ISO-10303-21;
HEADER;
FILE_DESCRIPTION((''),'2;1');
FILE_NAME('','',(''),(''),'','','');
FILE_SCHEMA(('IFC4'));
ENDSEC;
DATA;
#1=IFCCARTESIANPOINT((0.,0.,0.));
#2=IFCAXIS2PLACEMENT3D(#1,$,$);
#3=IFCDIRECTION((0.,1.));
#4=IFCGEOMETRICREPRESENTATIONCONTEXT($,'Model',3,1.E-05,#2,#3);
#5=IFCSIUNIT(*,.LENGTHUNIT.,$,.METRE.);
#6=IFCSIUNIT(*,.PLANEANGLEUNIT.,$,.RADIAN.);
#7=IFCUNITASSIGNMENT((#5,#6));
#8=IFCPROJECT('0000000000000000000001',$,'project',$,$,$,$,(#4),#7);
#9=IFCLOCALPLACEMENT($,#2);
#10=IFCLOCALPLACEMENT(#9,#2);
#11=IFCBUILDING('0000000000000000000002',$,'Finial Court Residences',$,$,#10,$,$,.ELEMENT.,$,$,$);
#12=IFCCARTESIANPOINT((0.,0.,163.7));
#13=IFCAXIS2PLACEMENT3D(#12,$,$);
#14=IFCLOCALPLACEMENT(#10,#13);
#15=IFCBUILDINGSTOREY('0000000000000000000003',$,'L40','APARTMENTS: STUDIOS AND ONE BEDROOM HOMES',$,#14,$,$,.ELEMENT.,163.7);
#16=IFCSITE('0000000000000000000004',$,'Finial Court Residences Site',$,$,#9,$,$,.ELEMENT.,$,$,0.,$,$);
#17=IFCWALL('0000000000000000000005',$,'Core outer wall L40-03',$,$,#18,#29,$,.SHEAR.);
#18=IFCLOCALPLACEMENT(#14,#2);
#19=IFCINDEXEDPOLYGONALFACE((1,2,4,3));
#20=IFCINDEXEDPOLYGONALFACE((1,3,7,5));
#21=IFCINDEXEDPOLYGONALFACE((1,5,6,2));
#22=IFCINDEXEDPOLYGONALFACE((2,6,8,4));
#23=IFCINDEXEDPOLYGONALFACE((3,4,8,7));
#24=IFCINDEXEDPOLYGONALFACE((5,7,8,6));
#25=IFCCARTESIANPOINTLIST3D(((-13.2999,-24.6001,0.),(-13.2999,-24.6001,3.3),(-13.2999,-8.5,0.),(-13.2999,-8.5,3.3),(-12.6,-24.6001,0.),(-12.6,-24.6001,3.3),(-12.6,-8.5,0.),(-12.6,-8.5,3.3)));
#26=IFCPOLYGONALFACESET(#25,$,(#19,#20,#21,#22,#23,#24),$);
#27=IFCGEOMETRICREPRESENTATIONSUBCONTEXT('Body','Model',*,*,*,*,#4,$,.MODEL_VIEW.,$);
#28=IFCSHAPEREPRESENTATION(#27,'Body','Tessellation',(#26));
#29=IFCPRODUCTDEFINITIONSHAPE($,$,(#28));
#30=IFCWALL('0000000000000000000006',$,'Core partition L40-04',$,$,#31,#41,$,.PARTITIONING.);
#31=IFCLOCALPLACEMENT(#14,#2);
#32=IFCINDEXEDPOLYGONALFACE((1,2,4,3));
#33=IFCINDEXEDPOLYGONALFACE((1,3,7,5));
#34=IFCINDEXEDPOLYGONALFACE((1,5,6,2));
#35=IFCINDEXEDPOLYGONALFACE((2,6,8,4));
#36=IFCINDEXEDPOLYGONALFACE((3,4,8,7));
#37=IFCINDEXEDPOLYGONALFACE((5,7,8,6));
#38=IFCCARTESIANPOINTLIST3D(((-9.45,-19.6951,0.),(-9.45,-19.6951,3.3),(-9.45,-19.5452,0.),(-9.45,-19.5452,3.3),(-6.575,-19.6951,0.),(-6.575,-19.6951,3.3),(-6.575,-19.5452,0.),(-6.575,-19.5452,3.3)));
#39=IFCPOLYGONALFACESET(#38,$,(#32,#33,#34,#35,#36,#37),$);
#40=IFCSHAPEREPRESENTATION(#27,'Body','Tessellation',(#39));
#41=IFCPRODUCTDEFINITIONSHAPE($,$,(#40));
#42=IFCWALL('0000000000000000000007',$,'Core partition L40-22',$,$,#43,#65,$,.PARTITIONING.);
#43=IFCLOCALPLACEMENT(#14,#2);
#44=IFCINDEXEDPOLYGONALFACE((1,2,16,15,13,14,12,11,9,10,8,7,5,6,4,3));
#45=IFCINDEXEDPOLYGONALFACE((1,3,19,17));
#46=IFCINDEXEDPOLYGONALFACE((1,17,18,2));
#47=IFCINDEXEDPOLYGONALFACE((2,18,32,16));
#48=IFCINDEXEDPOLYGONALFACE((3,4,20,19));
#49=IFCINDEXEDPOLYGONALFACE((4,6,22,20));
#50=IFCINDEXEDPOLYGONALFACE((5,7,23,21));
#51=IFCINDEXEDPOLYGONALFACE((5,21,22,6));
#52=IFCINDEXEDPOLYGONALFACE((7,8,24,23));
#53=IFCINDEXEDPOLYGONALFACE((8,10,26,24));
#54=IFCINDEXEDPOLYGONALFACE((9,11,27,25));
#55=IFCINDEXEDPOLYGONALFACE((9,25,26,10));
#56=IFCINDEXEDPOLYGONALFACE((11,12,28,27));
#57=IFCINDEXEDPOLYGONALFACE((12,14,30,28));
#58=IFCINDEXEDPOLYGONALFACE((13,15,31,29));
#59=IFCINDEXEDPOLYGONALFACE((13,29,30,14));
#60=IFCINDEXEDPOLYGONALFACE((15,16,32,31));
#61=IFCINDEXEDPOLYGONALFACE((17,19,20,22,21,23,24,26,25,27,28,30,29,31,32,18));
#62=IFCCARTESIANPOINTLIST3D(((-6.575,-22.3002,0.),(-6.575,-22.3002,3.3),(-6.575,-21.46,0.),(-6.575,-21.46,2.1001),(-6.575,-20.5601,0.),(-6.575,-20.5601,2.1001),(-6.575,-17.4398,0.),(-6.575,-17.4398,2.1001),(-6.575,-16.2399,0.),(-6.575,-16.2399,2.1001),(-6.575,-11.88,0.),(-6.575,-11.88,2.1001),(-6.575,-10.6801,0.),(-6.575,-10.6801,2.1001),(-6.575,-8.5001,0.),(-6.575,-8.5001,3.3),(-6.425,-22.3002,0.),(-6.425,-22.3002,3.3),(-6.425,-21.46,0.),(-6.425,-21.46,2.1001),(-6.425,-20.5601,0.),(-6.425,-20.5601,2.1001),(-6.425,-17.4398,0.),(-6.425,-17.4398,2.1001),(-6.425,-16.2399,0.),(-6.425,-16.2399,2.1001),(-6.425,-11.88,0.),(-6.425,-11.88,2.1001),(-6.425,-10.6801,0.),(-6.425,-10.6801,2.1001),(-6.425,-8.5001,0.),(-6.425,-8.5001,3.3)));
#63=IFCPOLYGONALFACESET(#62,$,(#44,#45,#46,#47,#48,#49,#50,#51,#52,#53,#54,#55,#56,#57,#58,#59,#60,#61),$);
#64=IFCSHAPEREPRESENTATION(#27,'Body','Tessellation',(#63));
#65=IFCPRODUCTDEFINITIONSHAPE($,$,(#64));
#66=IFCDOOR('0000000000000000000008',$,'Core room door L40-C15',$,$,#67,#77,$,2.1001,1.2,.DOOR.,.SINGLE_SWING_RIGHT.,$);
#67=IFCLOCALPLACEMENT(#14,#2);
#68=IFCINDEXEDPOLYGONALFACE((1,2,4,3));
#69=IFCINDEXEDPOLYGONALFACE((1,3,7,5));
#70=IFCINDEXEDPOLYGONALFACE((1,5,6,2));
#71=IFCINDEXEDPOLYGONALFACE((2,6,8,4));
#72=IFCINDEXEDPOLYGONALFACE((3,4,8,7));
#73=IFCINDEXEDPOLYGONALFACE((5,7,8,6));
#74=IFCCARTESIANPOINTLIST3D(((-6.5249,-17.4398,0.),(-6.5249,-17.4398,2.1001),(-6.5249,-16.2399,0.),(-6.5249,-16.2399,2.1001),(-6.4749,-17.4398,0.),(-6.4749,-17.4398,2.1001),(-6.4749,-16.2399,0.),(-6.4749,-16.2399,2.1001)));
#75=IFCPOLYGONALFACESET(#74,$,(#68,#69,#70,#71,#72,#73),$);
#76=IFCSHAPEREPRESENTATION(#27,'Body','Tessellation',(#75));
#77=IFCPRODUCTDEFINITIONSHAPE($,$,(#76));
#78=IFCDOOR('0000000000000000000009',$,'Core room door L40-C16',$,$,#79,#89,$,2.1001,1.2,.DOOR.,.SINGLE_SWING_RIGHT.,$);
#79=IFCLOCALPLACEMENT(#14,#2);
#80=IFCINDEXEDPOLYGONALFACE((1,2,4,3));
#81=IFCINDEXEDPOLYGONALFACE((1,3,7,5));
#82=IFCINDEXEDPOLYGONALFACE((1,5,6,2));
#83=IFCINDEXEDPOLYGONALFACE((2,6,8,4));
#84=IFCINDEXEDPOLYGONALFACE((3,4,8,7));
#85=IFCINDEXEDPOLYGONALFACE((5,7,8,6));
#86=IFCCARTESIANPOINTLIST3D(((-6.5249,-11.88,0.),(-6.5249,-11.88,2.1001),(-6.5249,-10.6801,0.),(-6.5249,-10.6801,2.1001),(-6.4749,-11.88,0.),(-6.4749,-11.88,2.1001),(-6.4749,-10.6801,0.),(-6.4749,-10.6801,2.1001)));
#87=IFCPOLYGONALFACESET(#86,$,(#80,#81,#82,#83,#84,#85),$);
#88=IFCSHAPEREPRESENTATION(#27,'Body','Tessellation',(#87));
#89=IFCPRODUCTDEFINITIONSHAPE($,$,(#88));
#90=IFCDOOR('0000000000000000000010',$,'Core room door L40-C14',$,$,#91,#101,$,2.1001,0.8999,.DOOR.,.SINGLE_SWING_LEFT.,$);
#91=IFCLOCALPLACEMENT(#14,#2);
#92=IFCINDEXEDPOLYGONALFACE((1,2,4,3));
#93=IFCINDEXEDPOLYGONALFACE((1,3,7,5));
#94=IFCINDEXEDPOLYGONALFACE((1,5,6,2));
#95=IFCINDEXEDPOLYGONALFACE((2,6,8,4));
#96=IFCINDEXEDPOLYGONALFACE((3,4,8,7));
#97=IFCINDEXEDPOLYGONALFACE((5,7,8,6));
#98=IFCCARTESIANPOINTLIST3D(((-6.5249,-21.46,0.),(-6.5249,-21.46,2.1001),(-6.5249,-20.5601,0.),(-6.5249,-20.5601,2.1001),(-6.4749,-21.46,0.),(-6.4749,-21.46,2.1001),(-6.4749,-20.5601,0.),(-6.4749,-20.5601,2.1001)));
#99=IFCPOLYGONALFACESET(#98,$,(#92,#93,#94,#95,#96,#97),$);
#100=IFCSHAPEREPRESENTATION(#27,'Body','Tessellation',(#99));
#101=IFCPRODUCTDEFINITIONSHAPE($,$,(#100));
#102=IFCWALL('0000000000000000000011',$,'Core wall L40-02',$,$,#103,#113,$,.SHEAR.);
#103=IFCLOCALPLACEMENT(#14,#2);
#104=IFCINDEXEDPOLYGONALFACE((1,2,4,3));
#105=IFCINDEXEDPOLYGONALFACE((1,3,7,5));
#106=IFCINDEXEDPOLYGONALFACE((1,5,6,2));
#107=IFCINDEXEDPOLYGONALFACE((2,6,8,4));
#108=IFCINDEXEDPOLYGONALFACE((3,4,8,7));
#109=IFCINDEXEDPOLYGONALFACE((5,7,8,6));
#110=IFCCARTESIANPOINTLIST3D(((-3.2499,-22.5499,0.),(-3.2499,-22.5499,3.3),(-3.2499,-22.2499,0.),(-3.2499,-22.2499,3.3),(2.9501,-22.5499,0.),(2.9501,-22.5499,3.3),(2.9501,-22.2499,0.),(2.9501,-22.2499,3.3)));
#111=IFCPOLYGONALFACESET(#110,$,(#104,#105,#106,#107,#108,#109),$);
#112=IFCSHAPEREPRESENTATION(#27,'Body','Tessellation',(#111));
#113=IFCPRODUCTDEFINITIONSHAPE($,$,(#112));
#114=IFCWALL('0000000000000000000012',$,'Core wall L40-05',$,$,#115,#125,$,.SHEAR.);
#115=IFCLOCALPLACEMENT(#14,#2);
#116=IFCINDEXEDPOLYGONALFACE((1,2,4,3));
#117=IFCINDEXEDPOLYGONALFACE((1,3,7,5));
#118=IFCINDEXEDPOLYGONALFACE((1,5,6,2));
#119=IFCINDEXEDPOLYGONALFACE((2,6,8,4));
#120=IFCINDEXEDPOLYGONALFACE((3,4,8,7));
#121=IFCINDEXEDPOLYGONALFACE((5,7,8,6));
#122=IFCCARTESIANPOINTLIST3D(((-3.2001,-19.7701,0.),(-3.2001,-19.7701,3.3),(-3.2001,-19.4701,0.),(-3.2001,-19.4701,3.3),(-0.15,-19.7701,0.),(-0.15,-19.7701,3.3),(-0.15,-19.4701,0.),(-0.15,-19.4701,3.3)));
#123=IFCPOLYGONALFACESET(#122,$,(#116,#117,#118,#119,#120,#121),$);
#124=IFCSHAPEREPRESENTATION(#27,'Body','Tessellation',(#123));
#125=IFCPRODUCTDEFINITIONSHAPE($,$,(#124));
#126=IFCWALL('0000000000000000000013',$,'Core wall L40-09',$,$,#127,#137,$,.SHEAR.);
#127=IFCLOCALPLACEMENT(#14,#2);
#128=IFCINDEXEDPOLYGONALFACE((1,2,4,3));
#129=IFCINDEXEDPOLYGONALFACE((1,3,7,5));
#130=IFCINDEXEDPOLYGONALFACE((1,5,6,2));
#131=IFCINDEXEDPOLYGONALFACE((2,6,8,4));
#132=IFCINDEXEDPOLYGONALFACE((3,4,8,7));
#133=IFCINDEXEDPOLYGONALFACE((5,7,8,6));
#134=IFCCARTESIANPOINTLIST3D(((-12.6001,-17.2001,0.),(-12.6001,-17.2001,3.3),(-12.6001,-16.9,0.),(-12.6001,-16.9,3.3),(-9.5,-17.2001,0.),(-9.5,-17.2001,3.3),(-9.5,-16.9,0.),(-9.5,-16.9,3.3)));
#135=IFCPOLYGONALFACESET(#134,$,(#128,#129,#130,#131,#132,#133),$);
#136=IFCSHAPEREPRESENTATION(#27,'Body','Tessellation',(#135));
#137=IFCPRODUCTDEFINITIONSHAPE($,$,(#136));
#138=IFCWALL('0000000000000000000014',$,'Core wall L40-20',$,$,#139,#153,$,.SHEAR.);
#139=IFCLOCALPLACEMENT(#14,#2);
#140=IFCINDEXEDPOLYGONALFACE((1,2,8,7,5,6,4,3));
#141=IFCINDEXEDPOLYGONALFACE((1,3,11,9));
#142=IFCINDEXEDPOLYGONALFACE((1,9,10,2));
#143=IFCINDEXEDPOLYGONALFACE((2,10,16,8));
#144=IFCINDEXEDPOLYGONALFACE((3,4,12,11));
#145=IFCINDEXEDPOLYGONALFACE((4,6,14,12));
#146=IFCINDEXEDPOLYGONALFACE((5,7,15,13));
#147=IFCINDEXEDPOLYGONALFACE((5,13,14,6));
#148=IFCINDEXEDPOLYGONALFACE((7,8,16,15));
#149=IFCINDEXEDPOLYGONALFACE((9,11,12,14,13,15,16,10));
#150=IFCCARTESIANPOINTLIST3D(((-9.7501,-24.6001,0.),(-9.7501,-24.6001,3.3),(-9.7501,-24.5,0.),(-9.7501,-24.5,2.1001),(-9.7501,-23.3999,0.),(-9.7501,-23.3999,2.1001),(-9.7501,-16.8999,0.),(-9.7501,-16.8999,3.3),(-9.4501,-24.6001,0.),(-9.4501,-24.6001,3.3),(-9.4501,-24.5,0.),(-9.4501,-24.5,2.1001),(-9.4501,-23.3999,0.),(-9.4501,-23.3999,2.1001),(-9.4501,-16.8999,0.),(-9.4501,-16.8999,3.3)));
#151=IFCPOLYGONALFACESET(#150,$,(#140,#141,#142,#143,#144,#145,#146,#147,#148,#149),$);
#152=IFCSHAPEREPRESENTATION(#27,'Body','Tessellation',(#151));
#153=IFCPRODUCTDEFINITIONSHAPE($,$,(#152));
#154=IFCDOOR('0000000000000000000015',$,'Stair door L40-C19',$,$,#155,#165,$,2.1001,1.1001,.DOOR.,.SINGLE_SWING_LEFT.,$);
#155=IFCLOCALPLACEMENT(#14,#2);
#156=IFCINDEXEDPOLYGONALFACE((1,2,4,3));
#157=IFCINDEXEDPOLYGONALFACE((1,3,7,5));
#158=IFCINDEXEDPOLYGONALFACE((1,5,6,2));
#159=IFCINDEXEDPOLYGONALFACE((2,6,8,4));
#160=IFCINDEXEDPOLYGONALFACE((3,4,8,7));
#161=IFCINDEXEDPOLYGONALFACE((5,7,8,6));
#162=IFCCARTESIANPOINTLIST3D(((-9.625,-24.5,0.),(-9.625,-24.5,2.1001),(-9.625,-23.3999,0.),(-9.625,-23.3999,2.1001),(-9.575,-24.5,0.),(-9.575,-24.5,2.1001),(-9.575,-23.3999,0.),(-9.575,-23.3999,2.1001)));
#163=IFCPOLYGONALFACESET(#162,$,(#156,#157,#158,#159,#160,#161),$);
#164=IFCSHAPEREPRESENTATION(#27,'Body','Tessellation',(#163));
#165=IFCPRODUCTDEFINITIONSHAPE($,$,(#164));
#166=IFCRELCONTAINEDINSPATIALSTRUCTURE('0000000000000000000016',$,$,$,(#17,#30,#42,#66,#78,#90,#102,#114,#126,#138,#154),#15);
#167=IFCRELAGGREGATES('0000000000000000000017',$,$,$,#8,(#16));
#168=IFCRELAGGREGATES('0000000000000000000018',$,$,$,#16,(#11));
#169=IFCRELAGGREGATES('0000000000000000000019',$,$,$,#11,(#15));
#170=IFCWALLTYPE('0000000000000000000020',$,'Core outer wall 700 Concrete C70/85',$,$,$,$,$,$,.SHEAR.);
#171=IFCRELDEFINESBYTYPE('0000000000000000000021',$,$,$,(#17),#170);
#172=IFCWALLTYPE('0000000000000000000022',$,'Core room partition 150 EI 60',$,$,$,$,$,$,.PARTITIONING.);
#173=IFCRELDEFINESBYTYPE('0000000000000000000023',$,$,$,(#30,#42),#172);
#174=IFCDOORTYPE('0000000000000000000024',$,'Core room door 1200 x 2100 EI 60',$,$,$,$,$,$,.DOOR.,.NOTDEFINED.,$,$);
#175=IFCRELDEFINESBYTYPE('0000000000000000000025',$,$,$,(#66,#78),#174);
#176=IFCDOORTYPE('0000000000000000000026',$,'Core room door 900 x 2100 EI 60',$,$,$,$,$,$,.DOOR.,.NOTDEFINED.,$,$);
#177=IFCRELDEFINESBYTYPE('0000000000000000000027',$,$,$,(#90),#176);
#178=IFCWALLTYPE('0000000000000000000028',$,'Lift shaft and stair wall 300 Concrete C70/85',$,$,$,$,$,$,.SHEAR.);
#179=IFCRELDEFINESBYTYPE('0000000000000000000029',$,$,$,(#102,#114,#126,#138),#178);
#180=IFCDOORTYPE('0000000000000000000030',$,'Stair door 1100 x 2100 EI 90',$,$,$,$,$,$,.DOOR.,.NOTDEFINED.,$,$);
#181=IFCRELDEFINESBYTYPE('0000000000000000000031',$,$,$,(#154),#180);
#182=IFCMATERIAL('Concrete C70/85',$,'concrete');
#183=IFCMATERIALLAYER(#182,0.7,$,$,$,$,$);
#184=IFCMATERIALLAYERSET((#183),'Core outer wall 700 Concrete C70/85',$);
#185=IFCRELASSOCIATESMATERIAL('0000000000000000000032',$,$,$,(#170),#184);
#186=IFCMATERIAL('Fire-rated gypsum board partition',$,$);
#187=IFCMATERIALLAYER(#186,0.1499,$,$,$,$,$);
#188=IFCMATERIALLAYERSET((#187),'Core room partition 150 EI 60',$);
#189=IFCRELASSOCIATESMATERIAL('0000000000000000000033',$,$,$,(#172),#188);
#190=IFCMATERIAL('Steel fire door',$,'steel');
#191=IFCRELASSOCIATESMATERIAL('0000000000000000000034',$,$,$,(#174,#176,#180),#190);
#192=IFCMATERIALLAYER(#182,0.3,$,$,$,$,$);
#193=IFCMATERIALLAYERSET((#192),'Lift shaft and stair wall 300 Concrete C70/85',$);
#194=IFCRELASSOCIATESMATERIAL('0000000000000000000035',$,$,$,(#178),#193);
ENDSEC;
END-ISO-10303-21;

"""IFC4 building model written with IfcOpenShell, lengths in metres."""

from ifc_helpers import new_model, si_unit, direction, frame, frame_2d, origin, place, context, subcontext, project, spatial, rectangle, extrude, material, layer, layer_set, type_object, element, fill, save


model = new_model("IFC4")

# Units and contexts
model_context = context("Model", 3, precision=1e-05, world=origin(), true_north=direction((0.0, 1.0)))
body_context = subcontext(model_context, "Body", "Model", "MODEL_VIEW")
ifc_project = project(units=[si_unit("LENGTHUNIT", "METRE"), si_unit("PLANEANGLEUNIT", "RADIAN")], contexts=[model_context])

# Site, building, storey
site_placement = place(None, origin())
site = spatial("IfcSite", under=ifc_project, at=site_placement, Name="Finial Court Residences Site", CompositionType="ELEMENT", RefElevation=0.0)
building_placement = place(site_placement, origin())
building = spatial("IfcBuilding", under=site, at=building_placement, Name="Finial Court Residences", CompositionType="ELEMENT")
storey_placement = place(building_placement, frame((0.0, 0.0, 163.7)))
storey = spatial("IfcBuildingStorey", under=building, at=storey_placement, Name="L40", Description="APARTMENTS: STUDIOS AND ONE BEDROOM HOMES", CompositionType="ELEMENT", Elevation=163.7)

# Walls
ifc_material_1 = material(Name="Concrete C70/85", Category="concrete")
ifc_layer_1 = layer(ifc_material_1, 0.7)
ifc_layer_set_1 = layer_set([ifc_layer_1], Name="Core outer wall 700 Concrete C70/85")
wall_type_1 = type_object("IfcWallType", Name="Core outer wall 700 Concrete C70/85", PredefinedType="SHEAR", material=ifc_layer_set_1)
wall_1_placement = place(storey_placement, frame((-12.95, -24.6001, 0.0), z_axis=(0.0, 0.0, 1.0), x_axis=(0.0, 1.0, 0.0)))
element("IfcWall", 1, at=wall_1_placement, inside=storey, type_object=wall_type_1, Name="Core outer wall L40-03", PredefinedType="SHEAR", context=body_context, shape_type="SweptSolid", body=[
    extrude(rectangle(XDim=16.1001, YDim=0.7, at=frame_2d((8.05, 0.0))), origin(), (0.0, 0.0, 1.0), 3.3),
])
ifc_material_2 = material(Name="Fire-rated gypsum board partition")
ifc_layer_2 = layer(ifc_material_2, 0.1499)
ifc_layer_set_2 = layer_set([ifc_layer_2], Name="Core room partition 150 EI 60")
wall_type_2 = type_object("IfcWallType", Name="Core room partition 150 EI 60", PredefinedType="PARTITIONING", material=ifc_layer_set_2)
wall_2_placement = place(storey_placement, frame((-9.45, -19.6201, 0.0), z_axis=(0.0, 0.0, 1.0), x_axis=(1.0, 0.0, 0.0)))
element("IfcWall", 2, at=wall_2_placement, inside=storey, type_object=wall_type_2, Name="Core partition L40-04", PredefinedType="PARTITIONING", context=body_context, shape_type="SweptSolid", body=[
    extrude(rectangle(XDim=2.875, YDim=0.1499, at=frame_2d((1.4375, 0.0))), origin(), (0.0, 0.0, 1.0), 3.3),
])

# Wall, openings, doors
wall_3_placement = place(storey_placement, frame((-6.5, -22.3, 0.0), z_axis=(0.0, 0.0, 1.0), x_axis=(0.0, 1.0, 0.0)))
wall_3 = element("IfcWall", 3, at=wall_3_placement, inside=storey, type_object=wall_type_2, Name="Core partition L40-22", PredefinedType="PARTITIONING", context=body_context, shape_type="SweptSolid", body=[
    extrude(rectangle(XDim=13.8, YDim=0.1499, at=frame_2d((6.8999, 0.0))), origin(), (0.0, 0.0, 1.0), 3.3),
])
opening_1_placement = place(wall_3_placement, frame((0.8401, 0.0, 0.0)))
opening_1 = element("IfcOpeningElement", 4, at=opening_1_placement, cuts=wall_3, PredefinedType="OPENING", context=body_context, shape_type="SweptSolid", body=[
    extrude(rectangle(XDim=0.8999, YDim=2.1001, at=frame_2d((0.45, 1.05))), frame((0.0, 0.085, 0.0), z_axis=(0.0, -1.0, 0.0), x_axis=(1.0, 0.0, 0.0)), (0.0, 0.0, 1.0), 0.1699),
])
opening_2_placement = place(wall_3_placement, frame((4.8601, 0.0, 0.0)))
opening_2 = element("IfcOpeningElement", 5, at=opening_2_placement, cuts=wall_3, PredefinedType="OPENING", context=body_context, shape_type="SweptSolid", body=[
    extrude(rectangle(XDim=1.2, YDim=2.1001, at=frame_2d((0.6001, 1.05))), frame((0.0, 0.085, 0.0), z_axis=(0.0, -1.0, 0.0), x_axis=(1.0, 0.0, 0.0)), (0.0, 0.0, 1.0), 0.1699),
])
opening_3_placement = place(wall_3_placement, frame((10.4199, 0.0, 0.0)))
opening_3 = element("IfcOpeningElement", 6, at=opening_3_placement, cuts=wall_3, PredefinedType="OPENING", context=body_context, shape_type="SweptSolid", body=[
    extrude(rectangle(XDim=1.2, YDim=2.1001, at=frame_2d((0.6001, 1.05))), frame((0.0, 0.085, 0.0), z_axis=(0.0, -1.0, 0.0), x_axis=(1.0, 0.0, 0.0)), (0.0, 0.0, 1.0), 0.1699),
])
ifc_material_3 = material(Name="Steel fire door", Category="steel")
door_type_1 = type_object("IfcDoorType", Name="Core room door 1200 x 2100 EI 60", OperationType="NOTDEFINED", PredefinedType="DOOR", material=ifc_material_3)
door_1_placement = place(opening_2_placement, origin())
door_1 = element("IfcDoor", 7, at=door_1_placement, inside=storey, type_object=door_type_1, Name="Core room door L40-C15", OperationType="SINGLE_SWING_RIGHT", OverallHeight=2.1001, OverallWidth=1.2, PredefinedType="DOOR", context=body_context, shape_type="SweptSolid", body=[
    extrude(rectangle(XDim=1.2, YDim=2.1001, at=frame_2d((0.6001, 1.05))), frame((0.0, 0.0249, 0.0), z_axis=(0.0, -1.0, 0.0), x_axis=(1.0, 0.0, 0.0)), (0.0, 0.0, 1.0), 0.05),
])
fill(opening_2, door_1)
door_2_placement = place(opening_3_placement, origin())
door_2 = element("IfcDoor", 8, at=door_2_placement, inside=storey, type_object=door_type_1, Name="Core room door L40-C16", OperationType="SINGLE_SWING_RIGHT", OverallHeight=2.1001, OverallWidth=1.2, PredefinedType="DOOR", context=body_context, shape_type="SweptSolid", body=[
    extrude(rectangle(XDim=1.2, YDim=2.1001, at=frame_2d((0.6001, 1.05))), frame((0.0, 0.0249, 0.0), z_axis=(0.0, -1.0, 0.0), x_axis=(1.0, 0.0, 0.0)), (0.0, 0.0, 1.0), 0.05),
])
fill(opening_3, door_2)
door_type_2 = type_object("IfcDoorType", Name="Core room door 900 x 2100 EI 60", OperationType="NOTDEFINED", PredefinedType="DOOR", material=ifc_material_3)
door_3_placement = place(opening_1_placement, origin())
door_3 = element("IfcDoor", 9, at=door_3_placement, inside=storey, type_object=door_type_2, Name="Core room door L40-C14", OperationType="SINGLE_SWING_LEFT", OverallHeight=2.1001, OverallWidth=0.8999, PredefinedType="DOOR", context=body_context, shape_type="SweptSolid", body=[
    extrude(rectangle(XDim=0.8999, YDim=2.1001, at=frame_2d((0.45, 1.05))), frame((0.0, 0.0249, 0.0), z_axis=(0.0, -1.0, 0.0), x_axis=(1.0, 0.0, 0.0)), (0.0, 0.0, 1.0), 0.05),
])
fill(opening_1, door_3)

# Walls
ifc_layer_3 = layer(ifc_material_1, 0.3)
ifc_layer_set_3 = layer_set([ifc_layer_3], Name="Lift shaft and stair wall 300 Concrete C70/85")
wall_type_3 = type_object("IfcWallType", Name="Lift shaft and stair wall 300 Concrete C70/85", PredefinedType="SHEAR", material=ifc_layer_set_3)
wall_4_placement = place(storey_placement, frame((-3.25, -22.3999, 0.0), z_axis=(0.0, 0.0, 1.0), x_axis=(1.0, 0.0, 0.0)))
element("IfcWall", 10, at=wall_4_placement, inside=storey, type_object=wall_type_3, Name="Core wall L40-02", PredefinedType="SHEAR", context=body_context, shape_type="SweptSolid", body=[
    extrude(rectangle(XDim=6.2, YDim=0.3, at=frame_2d((3.1001, 0.0))), origin(), (0.0, 0.0, 1.0), 3.3),
])
wall_5_placement = place(storey_placement, frame((-3.2, -19.6201, 0.0), z_axis=(0.0, 0.0, 1.0), x_axis=(1.0, 0.0, 0.0)))
element("IfcWall", 11, at=wall_5_placement, inside=storey, type_object=wall_type_3, Name="Core wall L40-05", PredefinedType="SHEAR", context=body_context, shape_type="SweptSolid", body=[
    extrude(rectangle(XDim=3.05, YDim=0.3, at=frame_2d((1.5249, 0.0))), origin(), (0.0, 0.0, 1.0), 3.3),
])
wall_6_placement = place(storey_placement, frame((-12.6001, -17.05, 0.0), z_axis=(0.0, 0.0, 1.0), x_axis=(1.0, 0.0, 0.0)))
element("IfcWall", 12, at=wall_6_placement, inside=storey, type_object=wall_type_3, Name="Core wall L40-09", PredefinedType="SHEAR", context=body_context, shape_type="SweptSolid", body=[
    extrude(rectangle(XDim=3.1001, YDim=0.3, at=frame_2d((1.55, 0.0))), origin(), (0.0, 0.0, 1.0), 3.3),
])

# Wall, opening, door
wall_7_placement = place(storey_placement, frame((-9.6001, -24.6001, 0.0), z_axis=(0.0, 0.0, 1.0), x_axis=(0.0, 1.0, 0.0)))
wall_7 = element("IfcWall", 13, at=wall_7_placement, inside=storey, type_object=wall_type_3, Name="Core wall L40-20", PredefinedType="SHEAR", context=body_context, shape_type="SweptSolid", body=[
    extrude(rectangle(XDim=7.7002, YDim=0.3, at=frame_2d((3.8501, 0.0))), origin(), (0.0, 0.0, 1.0), 3.3),
])
opening_4_placement = place(wall_7_placement, frame((0.1001, 0.0, 0.0)))
opening_4 = element("IfcOpeningElement", 14, at=opening_4_placement, cuts=wall_7, PredefinedType="OPENING", context=body_context, shape_type="SweptSolid", body=[
    extrude(rectangle(XDim=1.1001, YDim=2.1001, at=frame_2d((0.55, 1.05))), frame((0.0, 0.1599, 0.0), z_axis=(0.0, -1.0, 0.0), x_axis=(1.0, 0.0, 0.0)), (0.0, 0.0, 1.0), 0.3201),
])
door_type_3 = type_object("IfcDoorType", Name="Stair door 1100 x 2100 EI 90", OperationType="NOTDEFINED", PredefinedType="DOOR", material=ifc_material_3)
door_4_placement = place(opening_4_placement, origin())
door_4 = element("IfcDoor", 15, at=door_4_placement, inside=storey, type_object=door_type_3, Name="Stair door L40-C19", OperationType="SINGLE_SWING_LEFT", OverallHeight=2.1001, OverallWidth=1.1001, PredefinedType="DOOR", context=body_context, shape_type="SweptSolid", body=[
    extrude(rectangle(XDim=1.1001, YDim=2.1001, at=frame_2d((0.55, 1.05))), frame((0.0, 0.0249, 0.0), z_axis=(0.0, -1.0, 0.0), x_axis=(1.0, 0.0, 0.0)), (0.0, 0.0, 1.0), 0.05),
])
fill(opening_4, door_4)

save(model, "model.ifc")
